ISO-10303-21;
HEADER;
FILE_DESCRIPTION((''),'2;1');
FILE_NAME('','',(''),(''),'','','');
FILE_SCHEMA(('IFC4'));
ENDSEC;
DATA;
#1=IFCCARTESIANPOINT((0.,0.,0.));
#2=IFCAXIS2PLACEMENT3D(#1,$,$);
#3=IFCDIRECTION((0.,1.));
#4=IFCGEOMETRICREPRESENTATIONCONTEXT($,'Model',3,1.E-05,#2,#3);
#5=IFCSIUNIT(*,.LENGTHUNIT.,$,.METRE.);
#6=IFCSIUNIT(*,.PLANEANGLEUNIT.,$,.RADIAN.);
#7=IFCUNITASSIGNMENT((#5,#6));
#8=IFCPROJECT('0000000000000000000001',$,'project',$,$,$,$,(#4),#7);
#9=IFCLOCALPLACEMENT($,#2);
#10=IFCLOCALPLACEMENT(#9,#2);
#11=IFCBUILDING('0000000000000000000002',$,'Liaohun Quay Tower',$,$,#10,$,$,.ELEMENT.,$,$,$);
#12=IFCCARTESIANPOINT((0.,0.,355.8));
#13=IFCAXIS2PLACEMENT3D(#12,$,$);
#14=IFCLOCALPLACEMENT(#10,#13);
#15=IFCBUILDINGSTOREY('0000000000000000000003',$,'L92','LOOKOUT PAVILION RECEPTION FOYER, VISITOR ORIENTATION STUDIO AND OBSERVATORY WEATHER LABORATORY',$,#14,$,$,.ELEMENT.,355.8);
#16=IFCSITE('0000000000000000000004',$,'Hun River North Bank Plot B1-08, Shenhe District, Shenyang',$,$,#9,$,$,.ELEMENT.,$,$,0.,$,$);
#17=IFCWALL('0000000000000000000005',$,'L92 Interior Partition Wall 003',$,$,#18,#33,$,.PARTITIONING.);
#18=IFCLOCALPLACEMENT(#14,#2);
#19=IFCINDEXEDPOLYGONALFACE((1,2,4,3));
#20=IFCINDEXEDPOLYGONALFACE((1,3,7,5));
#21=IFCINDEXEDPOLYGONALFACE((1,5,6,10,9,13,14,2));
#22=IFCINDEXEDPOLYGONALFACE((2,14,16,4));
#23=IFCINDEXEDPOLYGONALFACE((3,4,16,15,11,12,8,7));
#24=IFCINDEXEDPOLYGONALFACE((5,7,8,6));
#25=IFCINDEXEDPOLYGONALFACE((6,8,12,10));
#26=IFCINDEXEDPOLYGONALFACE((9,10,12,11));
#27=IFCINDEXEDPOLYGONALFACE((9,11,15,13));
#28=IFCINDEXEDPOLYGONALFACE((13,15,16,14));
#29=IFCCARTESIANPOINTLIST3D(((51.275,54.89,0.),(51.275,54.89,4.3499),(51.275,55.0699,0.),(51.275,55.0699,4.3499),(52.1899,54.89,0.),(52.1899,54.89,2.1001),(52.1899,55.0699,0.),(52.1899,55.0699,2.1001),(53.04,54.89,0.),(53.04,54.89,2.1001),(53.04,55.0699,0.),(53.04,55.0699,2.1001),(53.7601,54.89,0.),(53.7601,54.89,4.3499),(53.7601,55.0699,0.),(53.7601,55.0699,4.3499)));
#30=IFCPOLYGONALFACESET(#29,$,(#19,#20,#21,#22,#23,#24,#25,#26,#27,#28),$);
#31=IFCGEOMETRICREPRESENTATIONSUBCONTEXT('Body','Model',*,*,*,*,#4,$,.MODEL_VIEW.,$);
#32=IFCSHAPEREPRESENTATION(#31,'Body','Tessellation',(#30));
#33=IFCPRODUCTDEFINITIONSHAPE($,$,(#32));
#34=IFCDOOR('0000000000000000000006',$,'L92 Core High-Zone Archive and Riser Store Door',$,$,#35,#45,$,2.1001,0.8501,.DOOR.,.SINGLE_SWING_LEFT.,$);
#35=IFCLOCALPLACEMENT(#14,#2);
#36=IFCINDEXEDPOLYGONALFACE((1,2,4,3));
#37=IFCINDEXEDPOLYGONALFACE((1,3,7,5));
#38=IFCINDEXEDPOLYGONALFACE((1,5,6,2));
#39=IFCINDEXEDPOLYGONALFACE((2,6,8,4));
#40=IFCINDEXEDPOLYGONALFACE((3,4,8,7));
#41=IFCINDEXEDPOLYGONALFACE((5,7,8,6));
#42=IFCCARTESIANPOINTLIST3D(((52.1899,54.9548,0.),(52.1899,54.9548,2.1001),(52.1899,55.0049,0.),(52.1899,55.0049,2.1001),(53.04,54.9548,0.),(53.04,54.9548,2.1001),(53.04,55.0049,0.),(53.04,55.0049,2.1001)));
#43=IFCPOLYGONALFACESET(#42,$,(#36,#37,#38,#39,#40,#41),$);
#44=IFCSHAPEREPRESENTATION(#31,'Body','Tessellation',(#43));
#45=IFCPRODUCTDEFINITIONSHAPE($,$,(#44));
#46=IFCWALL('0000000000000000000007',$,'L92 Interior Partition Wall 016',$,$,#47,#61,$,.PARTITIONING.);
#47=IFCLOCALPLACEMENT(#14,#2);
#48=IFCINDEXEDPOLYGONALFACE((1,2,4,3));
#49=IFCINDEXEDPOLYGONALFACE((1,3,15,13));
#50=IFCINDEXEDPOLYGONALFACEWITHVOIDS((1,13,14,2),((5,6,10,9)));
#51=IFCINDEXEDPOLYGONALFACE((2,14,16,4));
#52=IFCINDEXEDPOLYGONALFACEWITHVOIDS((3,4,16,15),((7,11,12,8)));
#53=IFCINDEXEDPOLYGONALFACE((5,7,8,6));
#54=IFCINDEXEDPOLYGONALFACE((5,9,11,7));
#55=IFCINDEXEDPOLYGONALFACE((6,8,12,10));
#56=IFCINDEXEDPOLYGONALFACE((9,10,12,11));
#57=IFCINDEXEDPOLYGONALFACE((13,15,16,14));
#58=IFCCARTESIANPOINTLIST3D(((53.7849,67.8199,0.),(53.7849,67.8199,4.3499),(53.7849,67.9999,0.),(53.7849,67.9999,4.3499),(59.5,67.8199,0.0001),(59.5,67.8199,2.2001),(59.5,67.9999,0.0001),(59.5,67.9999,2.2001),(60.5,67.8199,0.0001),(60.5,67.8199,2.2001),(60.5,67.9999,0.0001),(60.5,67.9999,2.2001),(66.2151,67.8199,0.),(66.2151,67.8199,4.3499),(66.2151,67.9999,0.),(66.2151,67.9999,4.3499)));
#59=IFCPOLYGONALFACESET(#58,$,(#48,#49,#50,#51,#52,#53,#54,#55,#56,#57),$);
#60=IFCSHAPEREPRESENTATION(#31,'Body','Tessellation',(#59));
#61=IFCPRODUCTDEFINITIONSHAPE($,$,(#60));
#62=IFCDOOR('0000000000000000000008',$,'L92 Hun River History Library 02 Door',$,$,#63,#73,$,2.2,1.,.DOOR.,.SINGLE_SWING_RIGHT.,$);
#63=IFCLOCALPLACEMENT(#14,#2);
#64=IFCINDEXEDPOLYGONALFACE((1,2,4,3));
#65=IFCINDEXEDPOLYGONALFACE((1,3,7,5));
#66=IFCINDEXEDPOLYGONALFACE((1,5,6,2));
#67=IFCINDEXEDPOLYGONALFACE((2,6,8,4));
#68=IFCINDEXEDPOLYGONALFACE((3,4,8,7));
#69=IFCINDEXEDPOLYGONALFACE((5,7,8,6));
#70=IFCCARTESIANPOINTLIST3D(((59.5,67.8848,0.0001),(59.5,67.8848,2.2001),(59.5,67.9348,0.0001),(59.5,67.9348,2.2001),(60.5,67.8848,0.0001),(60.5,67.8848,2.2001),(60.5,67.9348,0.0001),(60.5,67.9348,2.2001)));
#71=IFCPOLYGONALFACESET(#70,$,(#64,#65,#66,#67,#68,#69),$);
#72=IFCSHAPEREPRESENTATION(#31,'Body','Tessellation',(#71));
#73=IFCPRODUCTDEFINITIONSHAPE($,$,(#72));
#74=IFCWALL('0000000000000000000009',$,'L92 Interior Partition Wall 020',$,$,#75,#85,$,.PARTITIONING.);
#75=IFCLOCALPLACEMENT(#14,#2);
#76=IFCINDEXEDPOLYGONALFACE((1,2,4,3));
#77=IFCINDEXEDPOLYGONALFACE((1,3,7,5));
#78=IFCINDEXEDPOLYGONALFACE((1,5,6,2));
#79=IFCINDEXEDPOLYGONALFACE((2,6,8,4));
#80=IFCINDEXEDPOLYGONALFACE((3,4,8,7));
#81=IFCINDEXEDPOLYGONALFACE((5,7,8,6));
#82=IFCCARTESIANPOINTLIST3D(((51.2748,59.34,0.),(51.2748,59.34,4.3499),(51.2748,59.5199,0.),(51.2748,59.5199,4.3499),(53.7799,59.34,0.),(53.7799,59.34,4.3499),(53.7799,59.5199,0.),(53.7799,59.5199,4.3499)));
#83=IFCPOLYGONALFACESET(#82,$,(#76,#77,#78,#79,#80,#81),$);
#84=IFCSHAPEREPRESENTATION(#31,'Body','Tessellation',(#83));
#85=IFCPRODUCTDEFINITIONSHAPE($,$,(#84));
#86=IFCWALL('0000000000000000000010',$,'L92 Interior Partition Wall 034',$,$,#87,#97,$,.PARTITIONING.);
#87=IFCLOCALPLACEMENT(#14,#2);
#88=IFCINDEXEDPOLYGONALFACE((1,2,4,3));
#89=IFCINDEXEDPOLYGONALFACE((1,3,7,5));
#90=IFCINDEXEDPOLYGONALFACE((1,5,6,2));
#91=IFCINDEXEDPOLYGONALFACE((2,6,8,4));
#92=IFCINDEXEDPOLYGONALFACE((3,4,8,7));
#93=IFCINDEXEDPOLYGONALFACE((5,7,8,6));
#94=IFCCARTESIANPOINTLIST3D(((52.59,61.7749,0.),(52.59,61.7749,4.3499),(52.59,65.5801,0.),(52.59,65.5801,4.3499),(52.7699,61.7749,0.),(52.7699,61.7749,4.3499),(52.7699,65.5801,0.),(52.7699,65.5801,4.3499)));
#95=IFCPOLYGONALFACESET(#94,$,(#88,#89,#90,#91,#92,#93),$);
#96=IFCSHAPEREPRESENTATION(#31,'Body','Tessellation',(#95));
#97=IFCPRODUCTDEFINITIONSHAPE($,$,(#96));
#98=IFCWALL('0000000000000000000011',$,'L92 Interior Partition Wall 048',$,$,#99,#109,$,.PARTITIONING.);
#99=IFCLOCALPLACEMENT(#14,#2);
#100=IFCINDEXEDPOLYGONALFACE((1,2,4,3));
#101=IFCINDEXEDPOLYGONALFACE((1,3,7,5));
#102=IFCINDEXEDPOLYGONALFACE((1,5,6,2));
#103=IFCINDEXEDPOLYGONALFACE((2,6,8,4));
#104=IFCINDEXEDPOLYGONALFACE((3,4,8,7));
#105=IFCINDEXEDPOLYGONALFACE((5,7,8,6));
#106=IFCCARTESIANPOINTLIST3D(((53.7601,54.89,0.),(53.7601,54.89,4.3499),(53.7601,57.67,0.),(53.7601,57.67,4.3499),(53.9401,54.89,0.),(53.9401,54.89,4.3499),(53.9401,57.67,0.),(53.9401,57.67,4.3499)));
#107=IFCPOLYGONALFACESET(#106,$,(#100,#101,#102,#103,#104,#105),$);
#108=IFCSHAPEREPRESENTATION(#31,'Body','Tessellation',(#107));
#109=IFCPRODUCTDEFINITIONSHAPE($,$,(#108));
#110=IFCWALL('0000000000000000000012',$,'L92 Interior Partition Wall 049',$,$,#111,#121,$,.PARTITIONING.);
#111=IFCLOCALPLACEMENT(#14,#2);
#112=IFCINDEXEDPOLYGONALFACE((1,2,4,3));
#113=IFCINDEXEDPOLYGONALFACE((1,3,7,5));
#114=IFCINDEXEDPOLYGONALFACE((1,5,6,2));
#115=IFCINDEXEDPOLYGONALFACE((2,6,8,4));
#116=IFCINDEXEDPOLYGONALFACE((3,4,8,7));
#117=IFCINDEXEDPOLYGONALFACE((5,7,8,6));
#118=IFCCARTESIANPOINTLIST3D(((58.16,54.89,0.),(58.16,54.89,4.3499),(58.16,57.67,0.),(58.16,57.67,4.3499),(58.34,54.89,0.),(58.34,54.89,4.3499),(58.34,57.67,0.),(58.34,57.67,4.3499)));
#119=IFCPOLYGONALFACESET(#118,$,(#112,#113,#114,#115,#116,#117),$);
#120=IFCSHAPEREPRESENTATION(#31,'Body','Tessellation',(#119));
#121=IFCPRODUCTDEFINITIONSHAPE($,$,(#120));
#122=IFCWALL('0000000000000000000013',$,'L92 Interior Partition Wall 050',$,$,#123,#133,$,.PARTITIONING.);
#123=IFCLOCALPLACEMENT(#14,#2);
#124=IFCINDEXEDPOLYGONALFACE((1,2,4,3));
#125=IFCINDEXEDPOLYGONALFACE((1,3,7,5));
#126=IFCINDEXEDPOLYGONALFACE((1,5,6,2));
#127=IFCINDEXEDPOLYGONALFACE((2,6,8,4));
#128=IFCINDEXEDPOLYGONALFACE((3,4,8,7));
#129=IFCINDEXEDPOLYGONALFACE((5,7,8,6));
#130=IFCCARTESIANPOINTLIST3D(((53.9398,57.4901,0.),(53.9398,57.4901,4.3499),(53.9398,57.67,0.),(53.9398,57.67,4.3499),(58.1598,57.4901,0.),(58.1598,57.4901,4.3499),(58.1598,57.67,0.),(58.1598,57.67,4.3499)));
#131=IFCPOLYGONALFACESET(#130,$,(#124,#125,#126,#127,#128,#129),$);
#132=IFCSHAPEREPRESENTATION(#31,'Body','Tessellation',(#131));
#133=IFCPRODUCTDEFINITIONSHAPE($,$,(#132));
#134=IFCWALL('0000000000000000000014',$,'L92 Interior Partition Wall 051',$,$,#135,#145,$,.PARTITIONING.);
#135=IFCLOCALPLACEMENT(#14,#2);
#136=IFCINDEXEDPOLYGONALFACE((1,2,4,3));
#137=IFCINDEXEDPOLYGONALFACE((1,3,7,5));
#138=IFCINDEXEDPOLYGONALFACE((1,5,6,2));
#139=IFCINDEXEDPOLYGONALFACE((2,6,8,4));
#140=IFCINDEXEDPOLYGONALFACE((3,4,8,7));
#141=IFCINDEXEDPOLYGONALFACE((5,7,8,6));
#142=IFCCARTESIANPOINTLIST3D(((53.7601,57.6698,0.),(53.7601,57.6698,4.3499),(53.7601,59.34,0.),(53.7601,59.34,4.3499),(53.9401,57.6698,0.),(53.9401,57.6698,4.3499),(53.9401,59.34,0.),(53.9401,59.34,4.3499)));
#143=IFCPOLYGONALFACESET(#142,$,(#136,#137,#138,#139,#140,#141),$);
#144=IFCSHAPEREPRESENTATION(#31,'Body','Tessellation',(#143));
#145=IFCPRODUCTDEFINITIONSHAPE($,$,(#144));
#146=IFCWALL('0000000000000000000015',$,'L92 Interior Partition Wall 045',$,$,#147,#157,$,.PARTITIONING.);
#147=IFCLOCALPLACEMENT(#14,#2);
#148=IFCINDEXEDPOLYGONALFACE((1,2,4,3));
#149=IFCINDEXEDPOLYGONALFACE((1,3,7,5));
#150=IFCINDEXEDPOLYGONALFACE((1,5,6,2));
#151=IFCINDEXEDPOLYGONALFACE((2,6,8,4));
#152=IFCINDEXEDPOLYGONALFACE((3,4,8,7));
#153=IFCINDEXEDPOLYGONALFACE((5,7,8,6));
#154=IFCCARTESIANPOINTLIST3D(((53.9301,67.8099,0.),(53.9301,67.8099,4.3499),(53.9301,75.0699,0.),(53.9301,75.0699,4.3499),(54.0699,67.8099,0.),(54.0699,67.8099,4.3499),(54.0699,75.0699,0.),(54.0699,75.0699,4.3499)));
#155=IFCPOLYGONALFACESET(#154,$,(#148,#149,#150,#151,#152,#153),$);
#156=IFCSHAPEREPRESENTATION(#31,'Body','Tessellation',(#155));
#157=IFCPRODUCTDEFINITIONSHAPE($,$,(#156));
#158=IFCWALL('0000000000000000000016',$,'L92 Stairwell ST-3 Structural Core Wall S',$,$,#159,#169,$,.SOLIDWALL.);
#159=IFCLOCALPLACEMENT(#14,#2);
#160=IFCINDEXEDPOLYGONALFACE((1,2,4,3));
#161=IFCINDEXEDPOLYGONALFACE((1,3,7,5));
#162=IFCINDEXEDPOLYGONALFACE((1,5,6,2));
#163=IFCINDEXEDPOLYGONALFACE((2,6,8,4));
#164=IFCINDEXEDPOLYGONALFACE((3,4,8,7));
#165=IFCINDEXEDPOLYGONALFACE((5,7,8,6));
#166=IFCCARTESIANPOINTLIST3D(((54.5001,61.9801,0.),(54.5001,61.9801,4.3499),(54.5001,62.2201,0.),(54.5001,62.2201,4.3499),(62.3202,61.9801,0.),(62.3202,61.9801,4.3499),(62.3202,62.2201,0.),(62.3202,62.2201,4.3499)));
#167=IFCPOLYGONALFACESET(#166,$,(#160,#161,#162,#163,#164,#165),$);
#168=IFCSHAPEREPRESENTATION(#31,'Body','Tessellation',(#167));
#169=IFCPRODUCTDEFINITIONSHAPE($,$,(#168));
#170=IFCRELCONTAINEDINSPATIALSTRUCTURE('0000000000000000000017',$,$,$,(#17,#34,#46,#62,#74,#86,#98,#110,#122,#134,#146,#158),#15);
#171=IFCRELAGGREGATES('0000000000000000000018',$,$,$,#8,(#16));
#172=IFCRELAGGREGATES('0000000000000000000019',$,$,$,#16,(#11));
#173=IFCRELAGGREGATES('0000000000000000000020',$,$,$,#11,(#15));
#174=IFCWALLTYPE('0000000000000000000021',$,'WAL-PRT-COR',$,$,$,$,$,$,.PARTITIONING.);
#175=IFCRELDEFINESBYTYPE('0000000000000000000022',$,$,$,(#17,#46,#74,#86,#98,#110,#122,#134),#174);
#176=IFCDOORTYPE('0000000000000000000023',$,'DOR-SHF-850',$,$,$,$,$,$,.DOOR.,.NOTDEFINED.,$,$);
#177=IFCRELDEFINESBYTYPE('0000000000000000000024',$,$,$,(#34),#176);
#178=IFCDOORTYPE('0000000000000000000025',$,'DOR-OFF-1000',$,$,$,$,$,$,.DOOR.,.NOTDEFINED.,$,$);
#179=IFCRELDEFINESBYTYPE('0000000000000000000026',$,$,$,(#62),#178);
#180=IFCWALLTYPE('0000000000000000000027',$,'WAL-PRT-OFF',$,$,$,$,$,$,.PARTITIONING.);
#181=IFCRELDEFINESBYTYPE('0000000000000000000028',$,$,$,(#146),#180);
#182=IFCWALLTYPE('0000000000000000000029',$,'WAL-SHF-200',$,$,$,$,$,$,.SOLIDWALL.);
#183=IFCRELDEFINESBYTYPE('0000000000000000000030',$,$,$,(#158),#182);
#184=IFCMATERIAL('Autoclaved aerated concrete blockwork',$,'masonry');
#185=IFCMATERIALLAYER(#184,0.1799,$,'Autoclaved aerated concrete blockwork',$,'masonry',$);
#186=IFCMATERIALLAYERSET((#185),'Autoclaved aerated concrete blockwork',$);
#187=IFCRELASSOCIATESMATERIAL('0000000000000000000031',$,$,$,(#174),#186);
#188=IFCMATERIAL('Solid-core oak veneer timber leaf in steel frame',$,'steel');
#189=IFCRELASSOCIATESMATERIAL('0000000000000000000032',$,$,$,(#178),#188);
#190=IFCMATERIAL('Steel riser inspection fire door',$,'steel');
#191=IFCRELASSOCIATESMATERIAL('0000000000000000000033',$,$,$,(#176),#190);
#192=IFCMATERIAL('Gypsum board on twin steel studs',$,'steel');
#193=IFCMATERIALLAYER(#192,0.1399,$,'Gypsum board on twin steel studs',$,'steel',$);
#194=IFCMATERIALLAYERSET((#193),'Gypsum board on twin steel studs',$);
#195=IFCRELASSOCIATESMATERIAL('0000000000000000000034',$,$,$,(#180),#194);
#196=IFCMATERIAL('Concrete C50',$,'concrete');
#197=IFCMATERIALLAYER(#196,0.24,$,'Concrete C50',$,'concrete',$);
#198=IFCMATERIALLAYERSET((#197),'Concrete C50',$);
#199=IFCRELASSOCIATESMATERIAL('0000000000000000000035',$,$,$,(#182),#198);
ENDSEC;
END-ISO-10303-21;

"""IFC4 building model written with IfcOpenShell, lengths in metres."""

from ifc_helpers import new_model, si_unit, direction, frame, frame_2d, origin, place, context, subcontext, project, spatial, rectangle, extrude, source, transform, mapped, material, layer, layer_set, type_object, element, fill, save


model = new_model("IFC4")

# Units and contexts
model_context = context("Model", 3, precision=1e-05, world=origin(), true_north=direction((0.0, 1.0)))
body_context = subcontext(model_context, "Body", "Model", "MODEL_VIEW")
ifc_project = project(units=[si_unit("LENGTHUNIT", "METRE"), si_unit("PLANEANGLEUNIT", "RADIAN")], contexts=[model_context])

# Site, building, storey
site_placement = place(None, origin())
site = spatial("IfcSite", under=ifc_project, at=site_placement, Name="Hun River North Bank Plot B1-08, Shenhe District, Shenyang", CompositionType="ELEMENT", RefElevation=0.0)
building_placement = place(site_placement, origin())
building = spatial("IfcBuilding", under=site, at=building_placement, Name="Liaohun Quay Tower", CompositionType="ELEMENT")
storey_placement = place(building_placement, frame((0.0, 0.0, 355.8)))
storey = spatial("IfcBuildingStorey", under=building, at=storey_placement, Name="L92", Description="LOOKOUT PAVILION RECEPTION FOYER, VISITOR ORIENTATION STUDIO AND OBSERVATORY WEATHER LABORATORY", CompositionType="ELEMENT", Elevation=355.8)

# Shared definitions
ifc_material_1 = material(Name="Concrete C50", Category="concrete")

# Walls, openings, doors
ifc_material_2 = material(Name="Autoclaved aerated concrete blockwork", Category="masonry")
ifc_layer_1 = layer(ifc_material_2, 0.1799, Name="Autoclaved aerated concrete blockwork", Category="masonry")
ifc_layer_set_1 = layer_set([ifc_layer_1], Name="Autoclaved aerated concrete blockwork")
wall_type_1 = type_object("IfcWallType", Name="WAL-PRT-COR", PredefinedType="PARTITIONING", material=ifc_layer_set_1)
shared_shape_1 = source(origin(), body_context, "Body", "SweptSolid", [
    extrude(rectangle(XDim=1.0, YDim=2.2, at=frame_2d((0.5, 1.1001))), frame((0.0, 0.0999, 0.0), z_axis=(0.0, -1.0, 0.0), x_axis=(1.0, 0.0, 0.0)), (0.0, 0.0, 1.0), 0.2),
])
ifc_material_3 = material(Name="Solid-core oak veneer timber leaf in steel frame", Category="steel")
door_type_1 = type_object("IfcDoorType", Name="DOR-OFF-1000", OperationType="NOTDEFINED", PredefinedType="DOOR", material=ifc_material_3)
shared_shape_2 = source(origin(), body_context, "Body", "SweptSolid", [
    extrude(rectangle(XDim=1.0, YDim=2.2, at=frame_2d((0.5, 1.1001))), frame((0.0, 0.0249, 0.0), z_axis=(0.0, -1.0, 0.0), x_axis=(1.0, 0.0, 0.0)), (0.0, 0.0, 1.0), 0.05),
])
wall_1_placement = place(storey_placement, frame((51.2749, 54.98, 0.0), z_axis=(0.0, 0.0, 1.0), x_axis=(1.0, 0.0, 0.0)))
wall_1 = element("IfcWall", 1, at=wall_1_placement, inside=storey, type_object=wall_type_1, Name="L92 Interior Partition Wall 003", PredefinedType="PARTITIONING", context=body_context, shape_type="SweptSolid", body=[
    extrude(rectangle(XDim=2.4851, YDim=0.1799, at=frame_2d((1.2427, 0.0))), origin(), (0.0, 0.0, 1.0), 4.3499),
])
shared_shape_3 = source(origin(), body_context, "Body", "SweptSolid", [
    extrude(rectangle(XDim=0.8501, YDim=2.1001, at=frame_2d((0.425, 1.05))), frame((0.0, 0.0999, 0.0), z_axis=(0.0, -1.0, 0.0), x_axis=(1.0, 0.0, 0.0)), (0.0, 0.0, 1.0), 0.2),
])
opening_1_placement = place(wall_1_placement, frame((0.915, 0.0, 0.0)))
opening_1 = element("IfcOpeningElement", 2, at=opening_1_placement, cuts=wall_1, PredefinedType="OPENING", context=body_context, shape_type="MappedRepresentation", body=[
    mapped(shared_shape_3, transform((0.0, 0.0, 0.0), x_axis=(1.0, 0.0, 0.0), y_axis=(0.0, 1.0, 0.0), z_axis=(0.0, 0.0, 1.0), scale=1.0)),
])
ifc_material_4 = material(Name="Steel riser inspection fire door", Category="steel")
door_type_2 = type_object("IfcDoorType", Name="DOR-SHF-850", OperationType="NOTDEFINED", PredefinedType="DOOR", material=ifc_material_4)
shared_shape_4 = source(origin(), body_context, "Body", "SweptSolid", [
    extrude(rectangle(XDim=0.8501, YDim=2.1001, at=frame_2d((0.425, 1.05))), frame((0.0, 0.0249, 0.0), z_axis=(0.0, -1.0, 0.0), x_axis=(1.0, 0.0, 0.0)), (0.0, 0.0, 1.0), 0.05),
])
door_1_placement = place(opening_1_placement, origin())
door_1 = element("IfcDoor", 3, at=door_1_placement, inside=storey, type_object=door_type_2, Name="L92 Core High-Zone Archive and Riser Store Door", OperationType="SINGLE_SWING_LEFT", OverallHeight=2.1001, OverallWidth=0.8501, PredefinedType="DOOR", context=body_context, shape_type="MappedRepresentation", body=[
    mapped(shared_shape_4, transform((0.0, 0.0, 0.0), x_axis=(1.0, 0.0, 0.0), y_axis=(0.0, 1.0, 0.0), z_axis=(0.0, 0.0, 1.0), scale=1.0)),
])
fill(opening_1, door_1)
wall_2_placement = place(storey_placement, frame((53.7849, 67.9099, 0.0), z_axis=(0.0, 0.0, 1.0), x_axis=(1.0, 0.0, 0.0)))
wall_2 = element("IfcWall", 4, at=wall_2_placement, inside=storey, type_object=wall_type_1, Name="L92 Interior Partition Wall 016", PredefinedType="PARTITIONING", context=body_context, shape_type="SweptSolid", body=[
    extrude(rectangle(XDim=12.4302, YDim=0.1799, at=frame_2d((6.2151, 0.0))), origin(), (0.0, 0.0, 1.0), 4.3499),
])
opening_2_placement = place(wall_2_placement, frame((5.7151, 0.0, 0.0)))
opening_2 = element("IfcOpeningElement", 5, at=opening_2_placement, cuts=wall_2, PredefinedType="OPENING", context=body_context, shape_type="MappedRepresentation", body=[
    mapped(shared_shape_1, transform((0.0, 0.0, 0.0), x_axis=(1.0, 0.0, 0.0), y_axis=(0.0, 1.0, 0.0), z_axis=(0.0, 0.0, 1.0), scale=1.0)),
])
door_2_placement = place(opening_2_placement, origin())
door_2 = element("IfcDoor", 6, at=door_2_placement, inside=storey, type_object=door_type_1, Name="L92 Hun River History Library 02 Door", OperationType="SINGLE_SWING_RIGHT", OverallHeight=2.2, OverallWidth=1.0, PredefinedType="DOOR", context=body_context, shape_type="MappedRepresentation", body=[
    mapped(shared_shape_2, transform((0.0, 0.0, 0.0), x_axis=(1.0, 0.0, 0.0), y_axis=(0.0, 1.0, 0.0), z_axis=(0.0, 0.0, 1.0), scale=1.0)),
])
fill(opening_2, door_2)

# Walls
wall_3_placement = place(storey_placement, frame((51.2749, 59.4299, 0.0), z_axis=(0.0, 0.0, 1.0), x_axis=(1.0, 0.0, 0.0)))
element("IfcWall", 7, at=wall_3_placement, inside=storey, type_object=wall_type_1, Name="L92 Interior Partition Wall 020", PredefinedType="PARTITIONING", context=body_context, shape_type="SweptSolid", body=[
    extrude(rectangle(XDim=2.5051, YDim=0.1799, at=frame_2d((1.2524, 0.0))), origin(), (0.0, 0.0, 1.0), 4.3499),
])
wall_4_placement = place(storey_placement, frame((52.6799, 61.7749, 0.0), z_axis=(0.0, 0.0, 1.0), x_axis=(0.0, 1.0, 0.0)))
element("IfcWall", 8, at=wall_4_placement, inside=storey, type_object=wall_type_1, Name="L92 Interior Partition Wall 034", PredefinedType="PARTITIONING", context=body_context, shape_type="SweptSolid", body=[
    extrude(rectangle(XDim=3.8052, YDim=0.1799, at=frame_2d((1.9026, 0.0))), origin(), (0.0, 0.0, 1.0), 4.3499),
])
for number, where, z_axis, x_axis, name in (
    (9, (53.8501, 54.8899, 0.0), (0.0, 0.0, 1.0), (0.0, 1.0, 0.0), "L92 Interior Partition Wall 048"),
    (10, (58.25, 54.8899, 0.0), (0.0, 0.0, 1.0), (0.0, 1.0, 0.0), "L92 Interior Partition Wall 049"),
):
    element("IfcWall", number, at=place(storey_placement, frame(where, z_axis=z_axis, x_axis=x_axis)), inside=storey, type_object=wall_type_1, Name=name, PredefinedType="PARTITIONING", context=body_context, shape_type="SweptSolid", body=[
        extrude(rectangle(XDim=2.78, YDim=0.1799, at=frame_2d((1.3901, 0.0))), origin(), (0.0, 0.0, 1.0), 4.3499),
    ])
wall_5_placement = place(storey_placement, frame((53.9399, 57.5801, 0.0), z_axis=(0.0, 0.0, 1.0), x_axis=(1.0, 0.0, 0.0)))
element("IfcWall", 11, at=wall_5_placement, inside=storey, type_object=wall_type_1, Name="L92 Interior Partition Wall 050", PredefinedType="PARTITIONING", context=body_context, shape_type="SweptSolid", body=[
    extrude(rectangle(XDim=4.22, YDim=0.1799, at=frame_2d((2.1099, 0.0))), origin(), (0.0, 0.0, 1.0), 4.3499),
])
wall_6_placement = place(storey_placement, frame((53.8501, 57.6699, 0.0), z_axis=(0.0, 0.0, 1.0), x_axis=(0.0, 1.0, 0.0)))
element("IfcWall", 12, at=wall_6_placement, inside=storey, type_object=wall_type_1, Name="L92 Interior Partition Wall 051", PredefinedType="PARTITIONING", context=body_context, shape_type="SweptSolid", body=[
    extrude(rectangle(XDim=1.6702, YDim=0.1799, at=frame_2d((0.835, 0.0))), origin(), (0.0, 0.0, 1.0), 4.3499),
])
ifc_material_5 = material(Name="Gypsum board on twin steel studs", Category="steel")
ifc_layer_2 = layer(ifc_material_5, 0.1399, Name="Gypsum board on twin steel studs", Category="steel")
ifc_layer_set_2 = layer_set([ifc_layer_2], Name="Gypsum board on twin steel studs")
wall_type_2 = type_object("IfcWallType", Name="WAL-PRT-OFF", PredefinedType="PARTITIONING", material=ifc_layer_set_2)
wall_7_placement = place(storey_placement, frame((54.0, 67.8101, 0.0), z_axis=(0.0, 0.0, 1.0), x_axis=(0.0, 1.0, 0.0)))
element("IfcWall", 13, at=wall_7_placement, inside=storey, type_object=wall_type_2, Name="L92 Interior Partition Wall 045", PredefinedType="PARTITIONING", context=body_context, shape_type="SweptSolid", body=[
    extrude(rectangle(XDim=7.26, YDim=0.1399, at=frame_2d((3.6299, 0.0))), origin(), (0.0, 0.0, 1.0), 4.3499),
])
ifc_layer_3 = layer(ifc_material_1, 0.24, Name="Concrete C50", Category="concrete")
ifc_layer_set_3 = layer_set([ifc_layer_3], Name="Concrete C50")
wall_type_3 = type_object("IfcWallType", Name="WAL-SHF-200", PredefinedType="SOLIDWALL", material=ifc_layer_set_3)
wall_8_placement = place(storey_placement, frame((54.5, 62.1001, 0.0), z_axis=(0.0, 0.0, 1.0), x_axis=(1.0, 0.0, 0.0)))
element("IfcWall", 14, at=wall_8_placement, inside=storey, type_object=wall_type_3, Name="L92 Stairwell ST-3 Structural Core Wall S", PredefinedType="SOLIDWALL", context=body_context, shape_type="SweptSolid", body=[
    extrude(rectangle(XDim=7.8201, YDim=0.24, at=frame_2d((3.9102, 0.0))), origin(), (0.0, 0.0, 1.0), 4.3499),
])

save(model, "model.ifc")
